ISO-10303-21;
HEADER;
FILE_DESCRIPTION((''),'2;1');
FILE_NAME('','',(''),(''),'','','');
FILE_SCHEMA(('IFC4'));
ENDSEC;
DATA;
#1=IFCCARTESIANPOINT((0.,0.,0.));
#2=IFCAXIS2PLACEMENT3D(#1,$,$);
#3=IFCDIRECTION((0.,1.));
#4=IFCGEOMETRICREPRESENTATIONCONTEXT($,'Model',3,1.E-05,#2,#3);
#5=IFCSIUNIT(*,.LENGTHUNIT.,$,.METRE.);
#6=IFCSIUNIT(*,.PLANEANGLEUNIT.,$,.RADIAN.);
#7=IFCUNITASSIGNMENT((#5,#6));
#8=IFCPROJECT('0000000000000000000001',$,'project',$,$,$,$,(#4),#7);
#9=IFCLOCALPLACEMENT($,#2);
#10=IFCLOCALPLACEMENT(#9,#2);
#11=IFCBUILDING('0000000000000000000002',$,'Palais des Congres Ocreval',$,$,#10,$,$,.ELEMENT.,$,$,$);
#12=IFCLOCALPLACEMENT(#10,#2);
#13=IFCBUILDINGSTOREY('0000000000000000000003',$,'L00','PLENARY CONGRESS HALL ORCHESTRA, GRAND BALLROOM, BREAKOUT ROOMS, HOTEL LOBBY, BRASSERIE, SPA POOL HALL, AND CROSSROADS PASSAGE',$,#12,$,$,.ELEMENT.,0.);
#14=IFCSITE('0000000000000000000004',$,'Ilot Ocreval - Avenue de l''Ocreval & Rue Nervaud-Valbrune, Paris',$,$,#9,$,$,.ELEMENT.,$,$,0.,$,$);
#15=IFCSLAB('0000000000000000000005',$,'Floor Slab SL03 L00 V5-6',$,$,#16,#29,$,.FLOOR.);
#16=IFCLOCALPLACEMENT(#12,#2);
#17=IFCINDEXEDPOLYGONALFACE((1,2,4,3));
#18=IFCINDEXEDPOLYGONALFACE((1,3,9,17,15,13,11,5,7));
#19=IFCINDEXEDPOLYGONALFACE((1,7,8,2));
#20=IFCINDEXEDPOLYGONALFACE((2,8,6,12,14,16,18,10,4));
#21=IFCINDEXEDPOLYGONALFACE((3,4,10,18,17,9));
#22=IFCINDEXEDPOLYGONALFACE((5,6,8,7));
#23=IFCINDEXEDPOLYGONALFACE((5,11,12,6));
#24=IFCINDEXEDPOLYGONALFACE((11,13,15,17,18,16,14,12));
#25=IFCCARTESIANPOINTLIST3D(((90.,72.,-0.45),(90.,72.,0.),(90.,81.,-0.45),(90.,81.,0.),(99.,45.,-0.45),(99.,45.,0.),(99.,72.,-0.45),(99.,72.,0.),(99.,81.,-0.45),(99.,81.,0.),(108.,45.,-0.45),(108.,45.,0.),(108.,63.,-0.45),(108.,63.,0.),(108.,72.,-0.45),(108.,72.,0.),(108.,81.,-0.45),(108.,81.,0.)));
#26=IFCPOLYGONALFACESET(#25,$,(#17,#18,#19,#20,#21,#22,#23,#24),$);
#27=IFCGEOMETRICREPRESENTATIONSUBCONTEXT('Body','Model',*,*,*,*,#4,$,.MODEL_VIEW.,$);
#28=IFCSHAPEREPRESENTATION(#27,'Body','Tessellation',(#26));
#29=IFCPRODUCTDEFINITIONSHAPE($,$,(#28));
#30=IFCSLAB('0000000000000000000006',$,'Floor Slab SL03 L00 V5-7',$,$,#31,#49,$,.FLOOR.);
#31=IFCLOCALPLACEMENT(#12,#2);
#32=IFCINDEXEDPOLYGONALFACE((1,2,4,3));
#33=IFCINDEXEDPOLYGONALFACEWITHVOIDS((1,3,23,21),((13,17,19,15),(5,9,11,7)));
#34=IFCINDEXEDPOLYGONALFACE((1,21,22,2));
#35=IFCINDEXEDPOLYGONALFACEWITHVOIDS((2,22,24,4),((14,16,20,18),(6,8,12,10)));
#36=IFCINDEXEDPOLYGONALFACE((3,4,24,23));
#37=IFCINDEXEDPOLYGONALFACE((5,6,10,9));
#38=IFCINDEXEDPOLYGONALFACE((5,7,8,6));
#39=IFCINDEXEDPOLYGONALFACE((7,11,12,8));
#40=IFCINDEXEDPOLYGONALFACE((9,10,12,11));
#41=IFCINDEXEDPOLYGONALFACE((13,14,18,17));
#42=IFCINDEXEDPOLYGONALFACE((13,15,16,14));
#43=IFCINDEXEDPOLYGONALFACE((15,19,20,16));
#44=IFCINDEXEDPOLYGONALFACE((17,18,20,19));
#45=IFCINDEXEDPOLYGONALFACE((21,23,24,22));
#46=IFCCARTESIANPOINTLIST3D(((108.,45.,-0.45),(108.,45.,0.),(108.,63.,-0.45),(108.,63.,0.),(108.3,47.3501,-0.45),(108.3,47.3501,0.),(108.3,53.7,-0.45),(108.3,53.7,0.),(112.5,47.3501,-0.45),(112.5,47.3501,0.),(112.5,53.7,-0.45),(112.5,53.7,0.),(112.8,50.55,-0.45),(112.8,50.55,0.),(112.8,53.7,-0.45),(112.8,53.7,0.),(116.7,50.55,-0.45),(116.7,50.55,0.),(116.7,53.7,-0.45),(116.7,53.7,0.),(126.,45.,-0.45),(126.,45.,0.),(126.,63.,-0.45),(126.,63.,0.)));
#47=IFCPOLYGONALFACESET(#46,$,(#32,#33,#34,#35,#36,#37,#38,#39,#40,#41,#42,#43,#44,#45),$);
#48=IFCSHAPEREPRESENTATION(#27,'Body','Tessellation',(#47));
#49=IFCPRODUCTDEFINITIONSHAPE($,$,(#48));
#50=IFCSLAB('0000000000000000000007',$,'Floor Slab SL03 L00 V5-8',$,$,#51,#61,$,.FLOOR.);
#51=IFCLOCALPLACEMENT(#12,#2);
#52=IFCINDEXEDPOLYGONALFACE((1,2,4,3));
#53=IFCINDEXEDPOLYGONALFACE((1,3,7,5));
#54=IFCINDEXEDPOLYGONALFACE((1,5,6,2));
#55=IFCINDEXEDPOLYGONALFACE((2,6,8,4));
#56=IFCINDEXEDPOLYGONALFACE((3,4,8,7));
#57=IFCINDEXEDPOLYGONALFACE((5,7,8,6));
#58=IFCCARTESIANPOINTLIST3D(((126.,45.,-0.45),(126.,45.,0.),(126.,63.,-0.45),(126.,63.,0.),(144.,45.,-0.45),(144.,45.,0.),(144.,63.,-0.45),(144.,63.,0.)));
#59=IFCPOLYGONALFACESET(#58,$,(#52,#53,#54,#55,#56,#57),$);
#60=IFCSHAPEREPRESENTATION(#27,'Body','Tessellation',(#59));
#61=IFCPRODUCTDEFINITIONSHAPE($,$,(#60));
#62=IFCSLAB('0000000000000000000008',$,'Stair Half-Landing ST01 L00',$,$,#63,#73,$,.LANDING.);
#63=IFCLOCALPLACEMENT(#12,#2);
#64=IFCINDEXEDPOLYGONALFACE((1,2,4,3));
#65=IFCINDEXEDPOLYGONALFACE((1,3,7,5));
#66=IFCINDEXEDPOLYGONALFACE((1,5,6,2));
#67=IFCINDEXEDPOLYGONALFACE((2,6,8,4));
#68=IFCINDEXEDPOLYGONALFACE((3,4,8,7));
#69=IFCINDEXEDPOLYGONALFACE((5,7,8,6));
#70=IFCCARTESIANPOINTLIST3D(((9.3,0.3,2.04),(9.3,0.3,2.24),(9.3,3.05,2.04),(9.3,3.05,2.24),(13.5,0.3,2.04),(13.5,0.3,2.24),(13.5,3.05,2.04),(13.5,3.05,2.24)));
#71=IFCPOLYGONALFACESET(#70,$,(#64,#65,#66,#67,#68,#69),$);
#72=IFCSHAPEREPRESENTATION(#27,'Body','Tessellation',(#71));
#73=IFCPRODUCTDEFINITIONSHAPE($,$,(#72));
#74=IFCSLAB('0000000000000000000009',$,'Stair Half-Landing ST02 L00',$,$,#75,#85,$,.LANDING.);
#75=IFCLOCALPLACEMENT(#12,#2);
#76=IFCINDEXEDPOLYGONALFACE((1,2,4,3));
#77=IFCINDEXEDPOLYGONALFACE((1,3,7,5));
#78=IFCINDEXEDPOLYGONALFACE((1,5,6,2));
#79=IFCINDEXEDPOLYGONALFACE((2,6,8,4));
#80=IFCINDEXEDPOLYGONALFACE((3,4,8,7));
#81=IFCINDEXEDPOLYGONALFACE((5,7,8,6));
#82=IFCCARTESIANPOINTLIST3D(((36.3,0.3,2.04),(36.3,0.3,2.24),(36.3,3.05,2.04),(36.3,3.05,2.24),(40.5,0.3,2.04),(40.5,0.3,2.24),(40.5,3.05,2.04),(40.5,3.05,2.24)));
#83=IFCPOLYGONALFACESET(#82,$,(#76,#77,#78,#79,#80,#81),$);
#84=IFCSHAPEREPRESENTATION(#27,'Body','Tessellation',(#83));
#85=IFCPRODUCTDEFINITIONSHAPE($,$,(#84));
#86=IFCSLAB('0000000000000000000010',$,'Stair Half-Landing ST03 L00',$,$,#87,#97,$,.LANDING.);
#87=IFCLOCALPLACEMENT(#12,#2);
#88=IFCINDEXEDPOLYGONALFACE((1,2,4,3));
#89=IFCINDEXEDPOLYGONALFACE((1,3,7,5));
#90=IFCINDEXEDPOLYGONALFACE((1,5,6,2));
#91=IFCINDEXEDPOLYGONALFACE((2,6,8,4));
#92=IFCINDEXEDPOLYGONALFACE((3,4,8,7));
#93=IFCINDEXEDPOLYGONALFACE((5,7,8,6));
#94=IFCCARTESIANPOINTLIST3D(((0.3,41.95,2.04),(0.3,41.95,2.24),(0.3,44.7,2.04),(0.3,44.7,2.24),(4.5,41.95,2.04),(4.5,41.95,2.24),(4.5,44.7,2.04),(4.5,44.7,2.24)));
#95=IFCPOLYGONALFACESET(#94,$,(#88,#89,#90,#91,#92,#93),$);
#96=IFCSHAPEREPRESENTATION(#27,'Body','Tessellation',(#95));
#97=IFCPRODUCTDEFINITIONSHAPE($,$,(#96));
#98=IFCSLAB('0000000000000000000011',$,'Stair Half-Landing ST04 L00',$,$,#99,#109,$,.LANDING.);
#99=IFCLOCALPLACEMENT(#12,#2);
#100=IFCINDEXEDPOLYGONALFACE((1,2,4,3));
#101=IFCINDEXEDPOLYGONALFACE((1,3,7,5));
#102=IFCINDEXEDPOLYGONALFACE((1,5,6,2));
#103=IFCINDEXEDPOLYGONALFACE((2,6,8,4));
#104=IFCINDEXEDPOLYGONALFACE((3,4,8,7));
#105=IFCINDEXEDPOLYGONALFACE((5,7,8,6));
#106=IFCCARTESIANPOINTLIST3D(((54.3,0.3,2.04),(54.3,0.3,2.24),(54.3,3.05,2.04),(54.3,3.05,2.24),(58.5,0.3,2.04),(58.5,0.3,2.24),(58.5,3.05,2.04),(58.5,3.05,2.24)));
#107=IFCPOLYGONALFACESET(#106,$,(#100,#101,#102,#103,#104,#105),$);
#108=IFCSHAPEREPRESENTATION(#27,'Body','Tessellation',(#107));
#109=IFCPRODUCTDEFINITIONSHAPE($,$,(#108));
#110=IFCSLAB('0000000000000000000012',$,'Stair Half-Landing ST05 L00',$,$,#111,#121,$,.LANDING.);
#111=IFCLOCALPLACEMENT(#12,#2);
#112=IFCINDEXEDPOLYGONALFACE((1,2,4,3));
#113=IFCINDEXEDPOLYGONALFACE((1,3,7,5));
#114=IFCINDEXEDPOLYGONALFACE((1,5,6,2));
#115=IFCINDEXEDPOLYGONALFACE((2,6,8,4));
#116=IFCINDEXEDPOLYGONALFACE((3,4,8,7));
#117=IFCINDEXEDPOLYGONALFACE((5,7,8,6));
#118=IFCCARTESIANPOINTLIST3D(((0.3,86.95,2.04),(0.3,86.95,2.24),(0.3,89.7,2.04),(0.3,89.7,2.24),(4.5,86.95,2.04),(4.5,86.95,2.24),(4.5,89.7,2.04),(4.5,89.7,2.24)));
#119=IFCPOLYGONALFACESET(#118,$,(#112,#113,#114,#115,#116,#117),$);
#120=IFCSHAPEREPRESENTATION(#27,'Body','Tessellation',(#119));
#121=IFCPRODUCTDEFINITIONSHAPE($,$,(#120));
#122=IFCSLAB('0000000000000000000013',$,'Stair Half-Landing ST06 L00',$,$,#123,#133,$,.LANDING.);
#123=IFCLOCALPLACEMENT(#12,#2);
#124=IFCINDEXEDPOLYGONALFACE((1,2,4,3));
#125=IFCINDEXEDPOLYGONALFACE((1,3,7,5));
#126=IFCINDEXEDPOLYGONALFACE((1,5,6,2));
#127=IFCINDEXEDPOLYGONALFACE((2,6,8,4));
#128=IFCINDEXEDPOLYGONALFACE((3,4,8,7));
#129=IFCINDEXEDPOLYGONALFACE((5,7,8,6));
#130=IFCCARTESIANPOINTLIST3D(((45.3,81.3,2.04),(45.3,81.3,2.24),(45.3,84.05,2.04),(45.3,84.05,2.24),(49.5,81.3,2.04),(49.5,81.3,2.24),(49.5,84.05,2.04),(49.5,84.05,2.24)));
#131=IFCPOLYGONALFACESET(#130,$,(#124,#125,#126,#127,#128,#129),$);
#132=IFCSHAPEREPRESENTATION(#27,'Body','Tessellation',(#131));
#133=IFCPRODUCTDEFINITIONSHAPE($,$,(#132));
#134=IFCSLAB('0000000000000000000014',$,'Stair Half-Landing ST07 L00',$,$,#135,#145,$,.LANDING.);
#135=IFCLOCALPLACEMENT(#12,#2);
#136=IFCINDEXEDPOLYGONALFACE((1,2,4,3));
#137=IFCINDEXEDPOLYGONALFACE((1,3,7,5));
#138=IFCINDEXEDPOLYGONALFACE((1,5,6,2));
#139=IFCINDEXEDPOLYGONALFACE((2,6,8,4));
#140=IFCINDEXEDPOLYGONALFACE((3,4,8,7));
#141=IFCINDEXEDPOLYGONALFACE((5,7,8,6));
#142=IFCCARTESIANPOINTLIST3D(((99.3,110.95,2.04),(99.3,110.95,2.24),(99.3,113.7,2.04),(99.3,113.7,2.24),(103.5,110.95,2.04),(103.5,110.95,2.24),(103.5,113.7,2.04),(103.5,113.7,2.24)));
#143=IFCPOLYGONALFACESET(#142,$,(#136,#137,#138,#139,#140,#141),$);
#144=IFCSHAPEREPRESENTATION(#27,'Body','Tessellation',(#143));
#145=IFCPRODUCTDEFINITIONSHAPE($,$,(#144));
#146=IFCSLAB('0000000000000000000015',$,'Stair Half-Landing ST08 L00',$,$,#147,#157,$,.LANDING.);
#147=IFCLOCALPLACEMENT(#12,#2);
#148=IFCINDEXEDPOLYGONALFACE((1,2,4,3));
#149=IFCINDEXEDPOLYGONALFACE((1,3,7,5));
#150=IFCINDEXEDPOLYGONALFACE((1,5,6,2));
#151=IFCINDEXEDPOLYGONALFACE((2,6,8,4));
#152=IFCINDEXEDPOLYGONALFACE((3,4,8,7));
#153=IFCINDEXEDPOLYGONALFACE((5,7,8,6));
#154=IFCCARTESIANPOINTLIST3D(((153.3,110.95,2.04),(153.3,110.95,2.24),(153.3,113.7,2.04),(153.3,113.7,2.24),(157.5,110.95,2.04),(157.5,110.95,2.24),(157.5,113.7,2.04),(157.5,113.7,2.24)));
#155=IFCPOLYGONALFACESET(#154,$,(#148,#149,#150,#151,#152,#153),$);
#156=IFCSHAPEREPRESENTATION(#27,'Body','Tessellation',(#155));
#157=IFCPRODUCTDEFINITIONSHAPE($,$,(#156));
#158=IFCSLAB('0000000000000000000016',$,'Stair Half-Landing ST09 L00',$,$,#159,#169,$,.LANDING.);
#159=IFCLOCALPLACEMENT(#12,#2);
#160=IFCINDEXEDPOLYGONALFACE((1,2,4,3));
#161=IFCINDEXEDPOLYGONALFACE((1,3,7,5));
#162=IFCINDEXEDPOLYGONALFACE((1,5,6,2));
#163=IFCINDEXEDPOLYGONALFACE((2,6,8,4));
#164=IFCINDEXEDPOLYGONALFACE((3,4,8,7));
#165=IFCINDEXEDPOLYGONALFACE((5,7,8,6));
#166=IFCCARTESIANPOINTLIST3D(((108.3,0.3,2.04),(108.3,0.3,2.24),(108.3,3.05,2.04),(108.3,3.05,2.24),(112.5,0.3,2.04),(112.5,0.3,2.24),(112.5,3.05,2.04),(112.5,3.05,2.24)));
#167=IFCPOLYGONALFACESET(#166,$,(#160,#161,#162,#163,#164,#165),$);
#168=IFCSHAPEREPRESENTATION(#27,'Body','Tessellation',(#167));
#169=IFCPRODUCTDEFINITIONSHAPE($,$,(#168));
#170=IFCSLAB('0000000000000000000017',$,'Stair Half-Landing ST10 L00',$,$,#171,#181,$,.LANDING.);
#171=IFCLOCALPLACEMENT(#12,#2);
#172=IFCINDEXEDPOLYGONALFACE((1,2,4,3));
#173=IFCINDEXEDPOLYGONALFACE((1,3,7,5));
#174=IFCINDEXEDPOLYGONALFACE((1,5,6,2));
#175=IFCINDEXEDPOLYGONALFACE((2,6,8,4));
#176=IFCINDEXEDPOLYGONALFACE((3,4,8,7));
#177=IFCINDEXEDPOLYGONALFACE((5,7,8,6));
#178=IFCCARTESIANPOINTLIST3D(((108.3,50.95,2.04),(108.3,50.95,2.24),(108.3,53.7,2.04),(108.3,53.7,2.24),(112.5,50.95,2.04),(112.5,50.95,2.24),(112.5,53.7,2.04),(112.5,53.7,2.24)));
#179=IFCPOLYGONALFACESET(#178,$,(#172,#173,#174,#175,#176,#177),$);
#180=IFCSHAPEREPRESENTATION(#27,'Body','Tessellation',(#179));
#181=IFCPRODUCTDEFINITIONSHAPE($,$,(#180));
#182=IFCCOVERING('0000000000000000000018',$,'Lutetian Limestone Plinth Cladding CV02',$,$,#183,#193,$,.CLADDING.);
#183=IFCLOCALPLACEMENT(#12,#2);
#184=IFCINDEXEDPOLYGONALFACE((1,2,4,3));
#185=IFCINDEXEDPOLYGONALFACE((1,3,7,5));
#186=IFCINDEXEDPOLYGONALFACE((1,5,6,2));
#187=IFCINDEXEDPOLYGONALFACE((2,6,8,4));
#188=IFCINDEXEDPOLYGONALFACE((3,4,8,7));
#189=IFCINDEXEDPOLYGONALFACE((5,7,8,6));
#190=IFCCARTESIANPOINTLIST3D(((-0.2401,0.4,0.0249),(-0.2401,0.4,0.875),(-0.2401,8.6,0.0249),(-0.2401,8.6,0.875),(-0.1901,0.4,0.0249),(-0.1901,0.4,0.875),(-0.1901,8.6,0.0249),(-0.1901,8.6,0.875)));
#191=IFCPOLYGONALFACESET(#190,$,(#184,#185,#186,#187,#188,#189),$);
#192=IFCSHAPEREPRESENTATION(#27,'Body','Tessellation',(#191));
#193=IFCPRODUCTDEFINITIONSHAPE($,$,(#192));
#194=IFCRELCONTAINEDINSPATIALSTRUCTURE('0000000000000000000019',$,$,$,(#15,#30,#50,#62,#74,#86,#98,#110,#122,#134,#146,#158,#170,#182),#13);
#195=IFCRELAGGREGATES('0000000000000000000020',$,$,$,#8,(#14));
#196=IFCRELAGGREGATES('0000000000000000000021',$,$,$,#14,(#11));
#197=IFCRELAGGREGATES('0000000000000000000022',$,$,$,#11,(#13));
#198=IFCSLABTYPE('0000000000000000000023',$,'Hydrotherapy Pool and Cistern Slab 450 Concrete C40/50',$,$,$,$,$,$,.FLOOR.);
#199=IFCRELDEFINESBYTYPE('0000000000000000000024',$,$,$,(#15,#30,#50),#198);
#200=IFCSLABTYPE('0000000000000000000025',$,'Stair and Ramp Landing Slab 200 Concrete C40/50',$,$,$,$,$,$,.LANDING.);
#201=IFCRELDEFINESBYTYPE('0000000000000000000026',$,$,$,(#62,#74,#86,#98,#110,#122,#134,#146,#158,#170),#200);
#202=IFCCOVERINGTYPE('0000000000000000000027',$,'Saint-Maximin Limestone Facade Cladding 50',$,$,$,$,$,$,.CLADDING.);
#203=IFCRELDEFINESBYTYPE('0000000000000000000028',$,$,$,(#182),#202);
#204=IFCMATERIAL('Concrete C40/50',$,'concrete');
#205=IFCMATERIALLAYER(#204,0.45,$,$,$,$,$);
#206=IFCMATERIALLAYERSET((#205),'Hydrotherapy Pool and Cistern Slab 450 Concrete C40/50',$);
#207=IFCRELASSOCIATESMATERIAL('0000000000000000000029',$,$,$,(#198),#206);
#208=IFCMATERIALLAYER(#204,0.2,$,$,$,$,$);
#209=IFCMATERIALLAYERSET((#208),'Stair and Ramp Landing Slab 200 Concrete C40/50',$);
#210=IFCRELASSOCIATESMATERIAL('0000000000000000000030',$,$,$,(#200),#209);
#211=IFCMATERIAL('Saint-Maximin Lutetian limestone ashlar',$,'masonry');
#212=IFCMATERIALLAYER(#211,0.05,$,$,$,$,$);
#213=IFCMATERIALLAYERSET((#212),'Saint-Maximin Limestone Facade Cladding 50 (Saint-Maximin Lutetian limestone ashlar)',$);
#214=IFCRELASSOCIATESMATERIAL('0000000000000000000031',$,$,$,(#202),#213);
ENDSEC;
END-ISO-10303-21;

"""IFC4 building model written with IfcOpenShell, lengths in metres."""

from ifc_helpers import new_model, si_unit, direction, frame, origin, origin_2d, place, context, subcontext, project, spatial, polyline, rectangle, outline, extrude, material, layer, layer_set, type_object, element, save


model = new_model("IFC4")

# Units and contexts
model_context = context("Model", 3, precision=1e-05, world=origin(), true_north=direction((0.0, 1.0)))
body_context = subcontext(model_context, "Body", "Model", "MODEL_VIEW")
ifc_project = project(units=[si_unit("LENGTHUNIT", "METRE"), si_unit("PLANEANGLEUNIT", "RADIAN")], contexts=[model_context])

# Site, building, storey
site_placement = place(None, origin())
site = spatial("IfcSite", under=ifc_project, at=site_placement, Name="Ilot Ocreval - Avenue de l'Ocreval & Rue Nervaud-Valbrune, Paris", CompositionType="ELEMENT", RefElevation=0.0)
building_placement = place(site_placement, origin())
building = spatial("IfcBuilding", under=site, at=building_placement, Name="Palais des Congres Ocreval", CompositionType="ELEMENT")
storey_placement = place(building_placement, origin())
storey = spatial("IfcBuildingStorey", under=building, at=storey_placement, Name="L00", Description="PLENARY CONGRESS HALL ORCHESTRA, GRAND BALLROOM, BREAKOUT ROOMS, HOTEL LOBBY, BRASSERIE, SPA POOL HALL, AND CROSSROADS PASSAGE", CompositionType="ELEMENT", Elevation=0.0)

# Slabs
ifc_material_1 = material(Name="Concrete C40/50", Category="concrete")
ifc_layer_1 = layer(ifc_material_1, 0.45)
ifc_layer_set_1 = layer_set([ifc_layer_1], Name="Hydrotherapy Pool and Cistern Slab 450 Concrete C40/50")
slab_type_1 = type_object("IfcSlabType", Name="Hydrotherapy Pool and Cistern Slab 450 Concrete C40/50", PredefinedType="FLOOR", material=ifc_layer_set_1)
slab_1_placement = place(storey_placement, frame((0.0, 0.0, -0.45)))
element("IfcSlab", 1, at=slab_1_placement, inside=storey, type_object=slab_type_1, Name="Floor Slab SL03 L00 V5-6", PredefinedType="FLOOR", context=body_context, shape_type="SweptSolid", body=[
    extrude(outline(polyline([(99.0, 81.0), (108.0, 81.0), (108.0, 72.0), (108.0, 63.0), (108.0, 45.0), (99.0, 45.0), (99.0, 72.0), (90.0, 72.0), (90.0, 81.0), (99.0, 81.0)])), origin(), (0.0, 0.0, 1.0), 0.45),
])
slab_2_placement = place(storey_placement, frame((0.0, 0.0, -0.45)))
element("IfcSlab", 2, at=slab_2_placement, inside=storey, type_object=slab_type_1, Name="Floor Slab SL03 L00 V5-7", PredefinedType="FLOOR", context=body_context, shape_type="SweptSolid", body=[
    extrude(outline(polyline([(126.0, 63.0), (126.0, 45.0), (108.0, 45.0), (108.0, 63.0), (126.0, 63.0)]), holes=[polyline([(108.3, 53.7), (108.3, 47.3501), (112.5, 47.3501), (112.5, 53.7), (108.3, 53.7)]), polyline([(116.7, 53.7), (112.8, 53.7), (112.8, 50.55), (116.7, 50.55), (116.7, 53.7)])]), origin(), (0.0, 0.0, 1.0), 0.45),
])
slab_3_placement = place(storey_placement, frame((0.0, 0.0, -0.45)))
element("IfcSlab", 3, at=slab_3_placement, inside=storey, type_object=slab_type_1, Name="Floor Slab SL03 L00 V5-8", PredefinedType="FLOOR", context=body_context, shape_type="SweptSolid", body=[
    extrude(outline(polyline([(144.0, 63.0), (144.0, 45.0), (126.0, 45.0), (126.0, 63.0), (144.0, 63.0)])), origin(), (0.0, 0.0, 1.0), 0.45),
])
ifc_layer_2 = layer(ifc_material_1, 0.2)
ifc_layer_set_2 = layer_set([ifc_layer_2], Name="Stair and Ramp Landing Slab 200 Concrete C40/50")
slab_type_2 = type_object("IfcSlabType", Name="Stair and Ramp Landing Slab 200 Concrete C40/50", PredefinedType="LANDING", material=ifc_layer_set_2)
slab_4_placement = place(storey_placement, frame((0.0, 0.0, 2.04)))
element("IfcSlab", 4, at=slab_4_placement, inside=storey, type_object=slab_type_2, Name="Stair Half-Landing ST01 L00", PredefinedType="LANDING", context=body_context, shape_type="SweptSolid", body=[
    extrude(outline(polyline([(9.3, 0.3), (13.5, 0.3), (13.5, 3.05), (9.3, 3.05), (9.3, 0.3)])), origin(), (0.0, 0.0, 1.0), 0.2),
])
slab_5_placement = place(storey_placement, frame((0.0, 0.0, 2.04)))
element("IfcSlab", 5, at=slab_5_placement, inside=storey, type_object=slab_type_2, Name="Stair Half-Landing ST02 L00", PredefinedType="LANDING", context=body_context, shape_type="SweptSolid", body=[
    extrude(outline(polyline([(36.3, 0.3), (40.5, 0.3), (40.5, 3.05), (36.3, 3.05), (36.3, 0.3)])), origin(), (0.0, 0.0, 1.0), 0.2),
])
slab_6_placement = place(storey_placement, frame((0.0, 0.0, 2.04)))
element("IfcSlab", 6, at=slab_6_placement, inside=storey, type_object=slab_type_2, Name="Stair Half-Landing ST03 L00", PredefinedType="LANDING", context=body_context, shape_type="SweptSolid", body=[
    extrude(outline(polyline([(0.3, 41.95), (4.5, 41.95), (4.5, 44.7), (0.3, 44.7), (0.3, 41.95)])), origin(), (0.0, 0.0, 1.0), 0.2),
])
slab_7_placement = place(storey_placement, frame((0.0, 0.0, 2.04)))
element("IfcSlab", 7, at=slab_7_placement, inside=storey, type_object=slab_type_2, Name="Stair Half-Landing ST04 L00", PredefinedType="LANDING", context=body_context, shape_type="SweptSolid", body=[
    extrude(outline(polyline([(54.3, 0.3), (58.5, 0.3), (58.5, 3.05), (54.3, 3.05), (54.3, 0.3)])), origin(), (0.0, 0.0, 1.0), 0.2),
])
slab_8_placement = place(storey_placement, frame((0.0, 0.0, 2.04)))
element("IfcSlab", 8, at=slab_8_placement, inside=storey, type_object=slab_type_2, Name="Stair Half-Landing ST05 L00", PredefinedType="LANDING", context=body_context, shape_type="SweptSolid", body=[
    extrude(outline(polyline([(0.3, 86.95), (4.5, 86.95), (4.5, 89.7), (0.3, 89.7), (0.3, 86.95)])), origin(), (0.0, 0.0, 1.0), 0.2),
])
slab_9_placement = place(storey_placement, frame((0.0, 0.0, 2.04)))
element("IfcSlab", 9, at=slab_9_placement, inside=storey, type_object=slab_type_2, Name="Stair Half-Landing ST06 L00", PredefinedType="LANDING", context=body_context, shape_type="SweptSolid", body=[
    extrude(outline(polyline([(45.3, 81.3), (49.5, 81.3), (49.5, 84.05), (45.3, 84.05), (45.3, 81.3)])), origin(), (0.0, 0.0, 1.0), 0.2),
])
slab_10_placement = place(storey_placement, frame((0.0, 0.0, 2.04)))
element("IfcSlab", 10, at=slab_10_placement, inside=storey, type_object=slab_type_2, Name="Stair Half-Landing ST07 L00", PredefinedType="LANDING", context=body_context, shape_type="SweptSolid", body=[
    extrude(outline(polyline([(99.3, 110.95), (103.5, 110.95), (103.5, 113.7), (99.3, 113.7), (99.3, 110.95)])), origin(), (0.0, 0.0, 1.0), 0.2),
])
slab_11_placement = place(storey_placement, frame((0.0, 0.0, 2.04)))
element("IfcSlab", 11, at=slab_11_placement, inside=storey, type_object=slab_type_2, Name="Stair Half-Landing ST08 L00", PredefinedType="LANDING", context=body_context, shape_type="SweptSolid", body=[
    extrude(outline(polyline([(153.3, 110.95), (157.5, 110.95), (157.5, 113.7), (153.3, 113.7), (153.3, 110.95)])), origin(), (0.0, 0.0, 1.0), 0.2),
])
slab_12_placement = place(storey_placement, frame((0.0, 0.0, 2.04)))
element("IfcSlab", 12, at=slab_12_placement, inside=storey, type_object=slab_type_2, Name="Stair Half-Landing ST09 L00", PredefinedType="LANDING", context=body_context, shape_type="SweptSolid", body=[
    extrude(outline(polyline([(108.3, 0.3), (112.5, 0.3), (112.5, 3.05), (108.3, 3.05), (108.3, 0.3)])), origin(), (0.0, 0.0, 1.0), 0.2),
])
slab_13_placement = place(storey_placement, frame((0.0, 0.0, 2.04)))
element("IfcSlab", 13, at=slab_13_placement, inside=storey, type_object=slab_type_2, Name="Stair Half-Landing ST10 L00", PredefinedType="LANDING", context=body_context, shape_type="SweptSolid", body=[
    extrude(outline(polyline([(108.3, 50.95), (112.5, 50.95), (112.5, 53.7), (108.3, 53.7), (108.3, 50.95)])), origin(), (0.0, 0.0, 1.0), 0.2),
])

# Covering
ifc_material_2 = material(Name="Saint-Maximin Lutetian limestone ashlar", Category="masonry")
ifc_layer_3 = layer(ifc_material_2, 0.05)
ifc_layer_set_3 = layer_set([ifc_layer_3], Name="Saint-Maximin Limestone Facade Cladding 50 (Saint-Maximin Lutetian limestone ashlar)")
covering_type = type_object("IfcCoveringType", Name="Saint-Maximin Limestone Facade Cladding 50", PredefinedType="CLADDING", material=ifc_layer_set_3)
covering_placement = place(storey_placement, frame((-0.2151, 4.5, 0.0249), z_axis=(0.0, 0.0, 1.0), x_axis=(0.0, 1.0, 0.0)))
element("IfcCovering", 14, at=covering_placement, inside=storey, type_object=covering_type, Name="Lutetian Limestone Plinth Cladding CV02", PredefinedType="CLADDING", context=body_context, shape_type="SweptSolid", body=[
    extrude(rectangle(XDim=8.2, YDim=0.05, at=origin_2d()), origin(), (0.0, 0.0, 1.0), 0.8501),
])

save(model, "model.ifc")
